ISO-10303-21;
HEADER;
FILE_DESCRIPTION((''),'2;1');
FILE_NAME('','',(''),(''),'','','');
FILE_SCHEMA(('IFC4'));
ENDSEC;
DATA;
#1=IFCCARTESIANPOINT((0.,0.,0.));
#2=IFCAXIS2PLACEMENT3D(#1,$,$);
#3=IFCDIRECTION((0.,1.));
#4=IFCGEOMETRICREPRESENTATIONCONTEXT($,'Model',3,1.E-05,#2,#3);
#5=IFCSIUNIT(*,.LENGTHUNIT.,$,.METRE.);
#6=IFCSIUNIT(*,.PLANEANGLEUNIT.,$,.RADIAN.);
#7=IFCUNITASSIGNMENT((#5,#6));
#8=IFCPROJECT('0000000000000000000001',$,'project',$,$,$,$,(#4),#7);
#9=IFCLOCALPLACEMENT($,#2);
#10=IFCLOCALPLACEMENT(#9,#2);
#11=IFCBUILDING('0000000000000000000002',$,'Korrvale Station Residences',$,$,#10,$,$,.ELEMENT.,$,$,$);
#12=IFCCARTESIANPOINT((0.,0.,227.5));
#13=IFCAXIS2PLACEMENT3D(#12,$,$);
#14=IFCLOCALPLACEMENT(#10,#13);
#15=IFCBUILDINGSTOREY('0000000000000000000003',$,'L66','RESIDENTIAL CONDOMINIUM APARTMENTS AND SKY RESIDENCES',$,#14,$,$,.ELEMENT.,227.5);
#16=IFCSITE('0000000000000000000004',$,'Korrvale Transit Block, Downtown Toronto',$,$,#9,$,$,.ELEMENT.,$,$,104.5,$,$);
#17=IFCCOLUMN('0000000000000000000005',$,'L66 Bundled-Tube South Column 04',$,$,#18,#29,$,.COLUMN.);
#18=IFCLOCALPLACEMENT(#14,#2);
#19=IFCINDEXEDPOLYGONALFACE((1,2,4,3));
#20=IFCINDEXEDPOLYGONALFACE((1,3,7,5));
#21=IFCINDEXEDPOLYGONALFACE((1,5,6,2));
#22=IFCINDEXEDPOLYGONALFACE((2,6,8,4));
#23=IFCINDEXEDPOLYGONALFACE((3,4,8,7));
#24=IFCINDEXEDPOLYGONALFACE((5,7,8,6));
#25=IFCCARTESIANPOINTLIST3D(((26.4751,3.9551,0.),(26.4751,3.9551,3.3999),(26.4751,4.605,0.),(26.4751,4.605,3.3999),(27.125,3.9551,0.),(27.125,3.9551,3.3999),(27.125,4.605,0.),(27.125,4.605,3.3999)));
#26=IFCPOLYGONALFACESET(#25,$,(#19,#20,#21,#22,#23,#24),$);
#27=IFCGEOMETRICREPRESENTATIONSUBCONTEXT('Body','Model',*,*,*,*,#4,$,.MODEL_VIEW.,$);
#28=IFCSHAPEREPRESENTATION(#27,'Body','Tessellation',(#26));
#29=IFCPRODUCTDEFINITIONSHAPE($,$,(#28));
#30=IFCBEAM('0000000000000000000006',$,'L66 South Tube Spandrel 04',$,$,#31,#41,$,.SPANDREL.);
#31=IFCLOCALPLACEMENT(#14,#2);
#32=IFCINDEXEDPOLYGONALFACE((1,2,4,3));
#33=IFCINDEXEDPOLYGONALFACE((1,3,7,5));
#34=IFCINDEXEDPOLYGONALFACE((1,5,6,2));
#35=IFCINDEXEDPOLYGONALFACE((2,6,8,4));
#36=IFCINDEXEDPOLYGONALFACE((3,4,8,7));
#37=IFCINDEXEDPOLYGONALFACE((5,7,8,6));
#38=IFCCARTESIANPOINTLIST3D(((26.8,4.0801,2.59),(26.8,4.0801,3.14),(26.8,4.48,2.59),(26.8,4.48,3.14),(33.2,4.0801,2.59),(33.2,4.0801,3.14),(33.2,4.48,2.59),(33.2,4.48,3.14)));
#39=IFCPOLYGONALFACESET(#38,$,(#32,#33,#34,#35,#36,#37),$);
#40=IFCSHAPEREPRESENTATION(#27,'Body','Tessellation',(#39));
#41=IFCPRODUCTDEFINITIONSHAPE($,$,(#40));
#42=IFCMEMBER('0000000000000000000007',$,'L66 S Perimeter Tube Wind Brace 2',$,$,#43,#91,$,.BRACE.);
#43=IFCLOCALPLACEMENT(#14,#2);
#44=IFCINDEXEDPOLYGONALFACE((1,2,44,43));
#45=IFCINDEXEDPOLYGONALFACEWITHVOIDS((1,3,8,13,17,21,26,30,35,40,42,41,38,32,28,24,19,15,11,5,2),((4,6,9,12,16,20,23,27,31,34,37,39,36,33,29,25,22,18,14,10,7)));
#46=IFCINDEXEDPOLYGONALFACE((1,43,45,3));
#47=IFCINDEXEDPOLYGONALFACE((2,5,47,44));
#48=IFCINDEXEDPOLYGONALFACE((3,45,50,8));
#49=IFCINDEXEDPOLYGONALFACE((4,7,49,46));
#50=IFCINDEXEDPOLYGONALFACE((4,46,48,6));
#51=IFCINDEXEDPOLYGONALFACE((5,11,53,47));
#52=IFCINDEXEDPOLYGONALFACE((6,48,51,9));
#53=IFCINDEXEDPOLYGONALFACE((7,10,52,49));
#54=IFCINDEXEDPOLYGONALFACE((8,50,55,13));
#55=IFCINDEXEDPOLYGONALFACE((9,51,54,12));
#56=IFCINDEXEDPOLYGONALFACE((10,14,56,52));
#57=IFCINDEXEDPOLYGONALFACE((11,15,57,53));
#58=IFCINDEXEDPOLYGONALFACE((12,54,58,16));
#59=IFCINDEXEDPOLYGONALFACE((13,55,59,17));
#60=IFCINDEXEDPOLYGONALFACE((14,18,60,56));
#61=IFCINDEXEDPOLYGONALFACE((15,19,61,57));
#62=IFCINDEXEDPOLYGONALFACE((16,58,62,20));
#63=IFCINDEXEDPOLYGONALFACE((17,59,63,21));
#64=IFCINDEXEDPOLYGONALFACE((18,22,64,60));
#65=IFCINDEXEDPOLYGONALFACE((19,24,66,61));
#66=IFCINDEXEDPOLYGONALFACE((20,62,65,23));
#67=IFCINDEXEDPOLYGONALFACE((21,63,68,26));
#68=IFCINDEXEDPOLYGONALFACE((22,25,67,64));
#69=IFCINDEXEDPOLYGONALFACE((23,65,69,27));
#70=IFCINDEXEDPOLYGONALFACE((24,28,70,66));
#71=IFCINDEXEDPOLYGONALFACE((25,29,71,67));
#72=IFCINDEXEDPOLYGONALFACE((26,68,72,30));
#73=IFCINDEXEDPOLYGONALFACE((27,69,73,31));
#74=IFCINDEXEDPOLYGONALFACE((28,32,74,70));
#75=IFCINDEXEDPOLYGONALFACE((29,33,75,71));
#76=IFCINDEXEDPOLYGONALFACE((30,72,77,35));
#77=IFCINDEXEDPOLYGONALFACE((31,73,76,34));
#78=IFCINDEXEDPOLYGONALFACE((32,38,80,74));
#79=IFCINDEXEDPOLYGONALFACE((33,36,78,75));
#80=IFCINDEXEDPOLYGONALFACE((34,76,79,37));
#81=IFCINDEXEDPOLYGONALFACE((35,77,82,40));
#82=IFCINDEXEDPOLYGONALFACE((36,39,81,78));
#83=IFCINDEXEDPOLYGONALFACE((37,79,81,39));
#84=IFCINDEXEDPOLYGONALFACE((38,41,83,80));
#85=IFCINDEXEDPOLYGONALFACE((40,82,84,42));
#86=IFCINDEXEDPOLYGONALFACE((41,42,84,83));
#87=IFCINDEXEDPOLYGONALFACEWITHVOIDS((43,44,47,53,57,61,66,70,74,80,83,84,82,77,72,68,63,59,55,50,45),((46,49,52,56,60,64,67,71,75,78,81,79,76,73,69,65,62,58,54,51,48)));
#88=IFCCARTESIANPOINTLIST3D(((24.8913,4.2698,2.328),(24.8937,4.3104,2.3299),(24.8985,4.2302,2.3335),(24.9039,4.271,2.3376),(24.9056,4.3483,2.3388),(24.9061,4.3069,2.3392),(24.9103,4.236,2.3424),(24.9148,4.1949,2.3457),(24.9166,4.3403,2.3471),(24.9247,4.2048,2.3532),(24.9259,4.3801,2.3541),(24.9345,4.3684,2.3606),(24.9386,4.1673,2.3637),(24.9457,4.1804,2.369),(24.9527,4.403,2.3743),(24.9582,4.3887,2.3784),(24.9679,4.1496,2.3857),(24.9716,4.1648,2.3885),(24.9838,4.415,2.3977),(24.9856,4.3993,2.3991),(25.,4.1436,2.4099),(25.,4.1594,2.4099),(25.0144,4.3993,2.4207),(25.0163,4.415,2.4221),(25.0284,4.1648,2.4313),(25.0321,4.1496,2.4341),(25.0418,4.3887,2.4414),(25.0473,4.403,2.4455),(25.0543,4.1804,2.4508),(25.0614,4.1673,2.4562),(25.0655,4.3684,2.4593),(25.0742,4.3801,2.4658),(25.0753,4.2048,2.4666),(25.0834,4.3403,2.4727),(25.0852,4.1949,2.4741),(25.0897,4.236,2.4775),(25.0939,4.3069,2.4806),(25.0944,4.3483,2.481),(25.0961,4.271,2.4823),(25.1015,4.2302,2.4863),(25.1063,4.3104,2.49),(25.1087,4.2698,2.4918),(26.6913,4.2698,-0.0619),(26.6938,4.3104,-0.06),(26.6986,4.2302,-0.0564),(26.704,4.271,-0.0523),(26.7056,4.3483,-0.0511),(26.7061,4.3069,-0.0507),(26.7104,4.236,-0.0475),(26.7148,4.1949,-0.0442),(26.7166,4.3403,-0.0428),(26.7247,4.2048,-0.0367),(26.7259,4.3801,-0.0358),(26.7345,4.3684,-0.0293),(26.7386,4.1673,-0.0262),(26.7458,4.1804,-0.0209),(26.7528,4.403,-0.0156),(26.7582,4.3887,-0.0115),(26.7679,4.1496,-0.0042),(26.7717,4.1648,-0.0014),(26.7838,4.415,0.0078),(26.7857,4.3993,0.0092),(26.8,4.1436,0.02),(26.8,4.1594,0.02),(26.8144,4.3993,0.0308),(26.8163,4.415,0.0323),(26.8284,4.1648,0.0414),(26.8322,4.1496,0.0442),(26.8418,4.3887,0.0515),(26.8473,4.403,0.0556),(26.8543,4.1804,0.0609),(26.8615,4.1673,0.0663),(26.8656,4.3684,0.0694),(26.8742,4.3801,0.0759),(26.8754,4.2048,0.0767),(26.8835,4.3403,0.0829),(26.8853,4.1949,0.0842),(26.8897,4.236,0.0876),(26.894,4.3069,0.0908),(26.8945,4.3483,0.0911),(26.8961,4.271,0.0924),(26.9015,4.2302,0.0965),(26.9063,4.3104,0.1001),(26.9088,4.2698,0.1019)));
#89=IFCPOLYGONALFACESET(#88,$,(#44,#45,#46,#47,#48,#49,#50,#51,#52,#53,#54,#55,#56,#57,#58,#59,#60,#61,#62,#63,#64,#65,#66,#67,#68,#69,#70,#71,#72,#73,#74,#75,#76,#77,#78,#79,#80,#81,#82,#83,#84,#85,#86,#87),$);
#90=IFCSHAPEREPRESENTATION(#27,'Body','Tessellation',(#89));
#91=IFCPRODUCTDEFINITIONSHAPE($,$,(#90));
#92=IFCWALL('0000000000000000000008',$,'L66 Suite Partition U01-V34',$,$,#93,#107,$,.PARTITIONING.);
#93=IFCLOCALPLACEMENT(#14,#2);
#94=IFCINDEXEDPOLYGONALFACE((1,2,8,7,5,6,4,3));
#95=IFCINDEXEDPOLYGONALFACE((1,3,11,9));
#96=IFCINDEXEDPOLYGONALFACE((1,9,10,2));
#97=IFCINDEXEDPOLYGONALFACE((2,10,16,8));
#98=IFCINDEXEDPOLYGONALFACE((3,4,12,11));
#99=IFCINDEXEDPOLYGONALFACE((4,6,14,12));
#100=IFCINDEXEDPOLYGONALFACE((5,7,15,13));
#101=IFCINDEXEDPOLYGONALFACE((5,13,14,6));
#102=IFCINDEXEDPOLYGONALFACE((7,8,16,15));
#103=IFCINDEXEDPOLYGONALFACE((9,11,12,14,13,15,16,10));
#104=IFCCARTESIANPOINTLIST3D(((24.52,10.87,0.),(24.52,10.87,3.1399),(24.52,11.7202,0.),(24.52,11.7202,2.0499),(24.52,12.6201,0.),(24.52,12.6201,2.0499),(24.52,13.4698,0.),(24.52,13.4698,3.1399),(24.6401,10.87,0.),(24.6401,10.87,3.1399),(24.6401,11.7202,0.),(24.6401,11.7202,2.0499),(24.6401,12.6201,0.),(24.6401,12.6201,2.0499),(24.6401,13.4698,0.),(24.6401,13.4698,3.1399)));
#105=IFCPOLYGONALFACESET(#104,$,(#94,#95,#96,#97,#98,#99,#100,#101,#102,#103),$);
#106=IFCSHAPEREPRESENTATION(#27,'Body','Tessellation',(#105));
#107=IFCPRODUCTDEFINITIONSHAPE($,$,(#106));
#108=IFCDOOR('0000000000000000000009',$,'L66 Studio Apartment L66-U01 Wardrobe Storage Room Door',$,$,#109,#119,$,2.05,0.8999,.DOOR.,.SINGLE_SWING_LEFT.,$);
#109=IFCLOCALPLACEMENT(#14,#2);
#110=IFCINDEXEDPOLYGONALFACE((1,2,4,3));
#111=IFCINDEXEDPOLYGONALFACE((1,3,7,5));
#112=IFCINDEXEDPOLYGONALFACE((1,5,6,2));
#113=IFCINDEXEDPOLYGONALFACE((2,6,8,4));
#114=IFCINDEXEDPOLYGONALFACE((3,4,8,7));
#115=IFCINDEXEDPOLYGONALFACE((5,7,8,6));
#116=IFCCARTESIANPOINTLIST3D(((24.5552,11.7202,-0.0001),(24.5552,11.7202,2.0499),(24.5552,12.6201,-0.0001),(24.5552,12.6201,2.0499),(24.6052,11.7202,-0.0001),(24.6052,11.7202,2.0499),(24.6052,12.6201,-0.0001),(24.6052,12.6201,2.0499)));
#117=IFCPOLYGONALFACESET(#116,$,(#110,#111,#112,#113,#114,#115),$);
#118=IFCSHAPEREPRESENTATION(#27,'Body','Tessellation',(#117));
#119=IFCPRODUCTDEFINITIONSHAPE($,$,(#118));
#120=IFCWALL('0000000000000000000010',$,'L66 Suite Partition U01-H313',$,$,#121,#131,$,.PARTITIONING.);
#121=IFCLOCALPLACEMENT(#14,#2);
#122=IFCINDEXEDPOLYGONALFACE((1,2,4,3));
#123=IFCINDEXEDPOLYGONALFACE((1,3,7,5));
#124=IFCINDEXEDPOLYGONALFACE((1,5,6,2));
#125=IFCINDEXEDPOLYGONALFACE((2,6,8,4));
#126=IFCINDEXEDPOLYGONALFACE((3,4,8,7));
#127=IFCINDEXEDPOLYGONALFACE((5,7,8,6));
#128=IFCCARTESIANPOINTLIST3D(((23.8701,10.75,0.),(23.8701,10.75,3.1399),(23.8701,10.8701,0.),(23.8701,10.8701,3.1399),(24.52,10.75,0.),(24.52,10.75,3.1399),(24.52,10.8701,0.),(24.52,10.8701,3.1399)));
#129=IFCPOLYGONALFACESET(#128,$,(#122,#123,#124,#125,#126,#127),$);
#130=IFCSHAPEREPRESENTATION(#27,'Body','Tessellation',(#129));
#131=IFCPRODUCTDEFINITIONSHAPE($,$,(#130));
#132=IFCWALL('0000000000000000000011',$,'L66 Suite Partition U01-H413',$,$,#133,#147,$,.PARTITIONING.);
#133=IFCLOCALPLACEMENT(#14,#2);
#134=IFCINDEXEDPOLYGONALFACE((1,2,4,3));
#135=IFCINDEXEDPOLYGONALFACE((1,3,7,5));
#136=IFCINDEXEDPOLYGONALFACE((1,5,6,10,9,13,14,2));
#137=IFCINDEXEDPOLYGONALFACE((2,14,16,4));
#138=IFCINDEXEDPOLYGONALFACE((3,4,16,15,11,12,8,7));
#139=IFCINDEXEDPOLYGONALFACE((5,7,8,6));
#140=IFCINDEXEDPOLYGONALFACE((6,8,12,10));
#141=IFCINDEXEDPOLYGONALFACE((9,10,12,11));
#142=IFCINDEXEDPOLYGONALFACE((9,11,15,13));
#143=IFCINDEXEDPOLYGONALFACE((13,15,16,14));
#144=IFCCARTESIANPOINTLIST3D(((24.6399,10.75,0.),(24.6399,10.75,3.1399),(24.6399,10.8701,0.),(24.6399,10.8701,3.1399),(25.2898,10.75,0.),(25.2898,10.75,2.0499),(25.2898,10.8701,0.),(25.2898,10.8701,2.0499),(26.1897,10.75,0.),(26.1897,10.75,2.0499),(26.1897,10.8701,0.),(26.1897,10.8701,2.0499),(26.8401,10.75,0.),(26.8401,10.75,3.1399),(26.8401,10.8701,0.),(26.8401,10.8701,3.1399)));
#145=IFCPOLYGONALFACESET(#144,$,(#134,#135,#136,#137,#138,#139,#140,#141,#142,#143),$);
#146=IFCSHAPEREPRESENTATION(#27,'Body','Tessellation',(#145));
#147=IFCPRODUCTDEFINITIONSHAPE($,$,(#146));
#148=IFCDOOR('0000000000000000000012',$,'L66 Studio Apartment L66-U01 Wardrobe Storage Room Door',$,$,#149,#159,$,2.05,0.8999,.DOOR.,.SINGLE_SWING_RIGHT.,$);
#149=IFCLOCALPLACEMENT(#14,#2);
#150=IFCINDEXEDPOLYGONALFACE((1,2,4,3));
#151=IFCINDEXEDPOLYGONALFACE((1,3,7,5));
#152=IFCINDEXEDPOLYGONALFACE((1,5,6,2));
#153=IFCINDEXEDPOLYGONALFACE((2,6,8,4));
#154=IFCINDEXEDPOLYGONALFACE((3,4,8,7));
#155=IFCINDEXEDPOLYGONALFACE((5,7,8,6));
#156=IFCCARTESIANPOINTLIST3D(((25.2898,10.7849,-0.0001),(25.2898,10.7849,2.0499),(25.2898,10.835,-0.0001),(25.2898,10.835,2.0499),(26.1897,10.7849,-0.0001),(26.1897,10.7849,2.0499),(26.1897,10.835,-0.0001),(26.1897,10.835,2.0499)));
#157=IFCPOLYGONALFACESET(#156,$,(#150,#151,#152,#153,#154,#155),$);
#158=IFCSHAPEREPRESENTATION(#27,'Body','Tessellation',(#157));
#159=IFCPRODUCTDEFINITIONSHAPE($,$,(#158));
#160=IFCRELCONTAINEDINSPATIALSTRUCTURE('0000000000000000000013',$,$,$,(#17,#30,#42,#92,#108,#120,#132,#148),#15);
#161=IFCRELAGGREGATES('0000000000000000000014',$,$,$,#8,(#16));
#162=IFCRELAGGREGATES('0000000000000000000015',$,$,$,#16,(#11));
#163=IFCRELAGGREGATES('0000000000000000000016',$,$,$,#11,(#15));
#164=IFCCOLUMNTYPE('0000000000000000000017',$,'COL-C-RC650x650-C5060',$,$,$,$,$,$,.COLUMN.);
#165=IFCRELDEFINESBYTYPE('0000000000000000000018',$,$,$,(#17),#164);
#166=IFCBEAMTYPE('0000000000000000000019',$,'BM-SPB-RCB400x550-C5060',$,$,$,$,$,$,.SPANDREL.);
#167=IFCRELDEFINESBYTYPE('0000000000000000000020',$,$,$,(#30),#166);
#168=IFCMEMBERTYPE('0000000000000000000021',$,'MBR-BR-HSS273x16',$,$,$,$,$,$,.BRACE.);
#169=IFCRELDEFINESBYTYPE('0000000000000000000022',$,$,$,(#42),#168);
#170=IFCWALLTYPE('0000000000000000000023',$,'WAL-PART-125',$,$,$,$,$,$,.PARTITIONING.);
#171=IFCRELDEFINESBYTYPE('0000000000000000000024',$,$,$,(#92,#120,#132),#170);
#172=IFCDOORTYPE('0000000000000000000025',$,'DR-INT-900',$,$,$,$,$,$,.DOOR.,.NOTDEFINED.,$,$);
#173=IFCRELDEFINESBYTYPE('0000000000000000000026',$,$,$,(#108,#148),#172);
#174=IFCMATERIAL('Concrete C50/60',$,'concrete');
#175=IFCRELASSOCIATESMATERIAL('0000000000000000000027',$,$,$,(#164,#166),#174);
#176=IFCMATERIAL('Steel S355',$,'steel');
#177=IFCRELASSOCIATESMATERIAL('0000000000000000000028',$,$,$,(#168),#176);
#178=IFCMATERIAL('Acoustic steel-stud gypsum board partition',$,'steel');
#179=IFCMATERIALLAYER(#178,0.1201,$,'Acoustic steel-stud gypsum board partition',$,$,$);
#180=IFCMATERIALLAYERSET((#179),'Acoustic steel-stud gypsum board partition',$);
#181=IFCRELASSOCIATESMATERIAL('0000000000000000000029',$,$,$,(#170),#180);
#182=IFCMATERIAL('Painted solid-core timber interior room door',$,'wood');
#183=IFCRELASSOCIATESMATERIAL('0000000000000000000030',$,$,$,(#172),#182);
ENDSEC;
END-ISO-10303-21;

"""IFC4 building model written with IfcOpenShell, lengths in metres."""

from ifc_helpers import new_model, si_unit, direction, frame, frame_2d, origin, origin_2d, place, context, subcontext, project, spatial, rectangle, hollow_circle, extrude, material, layer, layer_set, material_profile, profile_set, type_object, element, fill, save


model = new_model("IFC4")

# Units and contexts
model_context = context("Model", 3, precision=1e-05, world=origin(), true_north=direction((0.0, 1.0)))
body_context = subcontext(model_context, "Body", "Model", "MODEL_VIEW")
ifc_project = project(units=[si_unit("LENGTHUNIT", "METRE"), si_unit("PLANEANGLEUNIT", "RADIAN")], contexts=[model_context])

# Site, building, storey
site_placement = place(None, origin())
site = spatial("IfcSite", under=ifc_project, at=site_placement, Name="Korrvale Transit Block, Downtown Toronto", CompositionType="ELEMENT", RefElevation=104.5)
building_placement = place(site_placement, origin())
building = spatial("IfcBuilding", under=site, at=building_placement, Name="Korrvale Station Residences", CompositionType="ELEMENT")
storey_placement = place(building_placement, frame((0.0, 0.0, 227.5)))
storey = spatial("IfcBuildingStorey", under=building, at=storey_placement, Name="L66", Description="RESIDENTIAL CONDOMINIUM APARTMENTS AND SKY RESIDENCES", CompositionType="ELEMENT", Elevation=227.5)

# Column
ifc_material_1 = material(Name="Concrete C50/60", Category="concrete")
ifc_material_profile_1 = material_profile(ifc_material_1, rectangle(XDim=0.6499, YDim=0.6499, at=origin_2d()), Name="RC650x650")
ifc_profile_set_1 = profile_set([ifc_material_profile_1], Name="Concrete C50/60")
column_type = type_object("IfcColumnType", Name="COL-C-RC650x650-C5060", PredefinedType="COLUMN", material=ifc_profile_set_1)
column_placement = place(storey_placement, frame((26.8, 4.28, 0.0), z_axis=(0.0, 0.0, 1.0), x_axis=(1.0, 0.0, 0.0)))
element("IfcColumn", 1, at=column_placement, inside=storey, type_object=column_type, Name="L66 Bundled-Tube South Column 04", PredefinedType="COLUMN", context=body_context, shape_type="SweptSolid", body=[
    extrude(rectangle(XDim=0.6499, YDim=0.6499, at=origin_2d()), origin(), (0.0, 0.0, 1.0), 3.3999),
])

# Beam
ifc_material_profile_2 = material_profile(ifc_material_1, rectangle(XDim=0.3999, YDim=0.55, at=origin_2d()), Name="RCB400x550")
ifc_profile_set_2 = profile_set([ifc_material_profile_2], Name="Concrete C50/60")
beam_type = type_object("IfcBeamType", Name="BM-SPB-RCB400x550-C5060", PredefinedType="SPANDREL", material=ifc_profile_set_2)
beam_placement = place(storey_placement, frame((26.8, 4.28, 2.865), z_axis=(1.0, 0.0, 0.0), x_axis=(0.0, 1.0, 0.0)))
element("IfcBeam", 2, at=beam_placement, inside=storey, type_object=beam_type, Name="L66 South Tube Spandrel 04", PredefinedType="SPANDREL", context=body_context, shape_type="SweptSolid", body=[
    extrude(rectangle(XDim=0.3999, YDim=0.55, at=origin_2d()), origin(), (0.0, 0.0, 1.0), 6.3999),
])

# Member
ifc_material_2 = material(Name="Steel S355", Category="steel")
ifc_material_profile_3 = material_profile(ifc_material_2, hollow_circle(Radius=0.1365, WallThickness=0.0159, at=origin_2d()), Name="HSS273x16")
ifc_profile_set_3 = profile_set([ifc_material_profile_3], Name="Steel S355")
member_type = type_object("IfcMemberType", Name="MBR-BR-HSS273x16", PredefinedType="BRACE", material=ifc_profile_set_3)
member_placement = place(storey_placement, frame((26.8, 4.28, 0.02), z_axis=(-0.601631, 0.0, 0.798774), x_axis=(0.0, -1.0, 0.0)))
element("IfcMember", 3, at=member_placement, inside=storey, type_object=member_type, Name="L66 S Perimeter Tube Wind Brace 2", PredefinedType="BRACE", context=body_context, shape_type="SweptSolid", body=[
    extrude(hollow_circle(Radius=0.1365, WallThickness=0.0159, at=origin_2d()), origin(), (0.0, 0.0, 1.0), 2.9919),
])

# Wall, opening, door
ifc_material_3 = material(Name="Acoustic steel-stud gypsum board partition", Category="steel")
ifc_layer_1 = layer(ifc_material_3, 0.1201, Name="Acoustic steel-stud gypsum board partition")
ifc_layer_set_1 = layer_set([ifc_layer_1], Name="Acoustic steel-stud gypsum board partition")
wall_type = type_object("IfcWallType", Name="WAL-PART-125", PredefinedType="PARTITIONING", material=ifc_layer_set_1)
wall_1_placement = place(storey_placement, frame((24.5801, 10.8701, 0.0), z_axis=(0.0, 0.0, 1.0), x_axis=(0.0, 1.0, 0.0)))
wall_1 = element("IfcWall", 4, at=wall_1_placement, inside=storey, type_object=wall_type, Name="L66 Suite Partition U01-V34", PredefinedType="PARTITIONING", context=body_context, shape_type="SweptSolid", body=[
    extrude(rectangle(XDim=2.5999, YDim=0.1201, at=frame_2d((1.2998, 0.0))), origin(), (0.0, 0.0, 1.0), 3.1399),
])
opening_1_placement = place(wall_1_placement, frame((0.8501, 0.0, 0.0)))
opening_1 = element("IfcOpeningElement", 5, at=opening_1_placement, cuts=wall_1, PredefinedType="OPENING", context=body_context, shape_type="SweptSolid", body=[
    extrude(rectangle(XDim=0.8999, YDim=2.05, at=frame_2d((0.45, 1.0249))), frame((0.0, 0.0701, 0.0), z_axis=(0.0, -1.0, 0.0), x_axis=(1.0, 0.0, 0.0)), (0.0, 0.0, 1.0), 0.1401),
])
ifc_material_4 = material(Name="Painted solid-core timber interior room door", Category="wood")
door_type = type_object("IfcDoorType", Name="DR-INT-900", OperationType="NOTDEFINED", PredefinedType="DOOR", material=ifc_material_4)
door_1_placement = place(opening_1_placement, origin())
door_1 = element("IfcDoor", 6, at=door_1_placement, inside=storey, type_object=door_type, Name="L66 Studio Apartment L66-U01 Wardrobe Storage Room Door", OperationType="SINGLE_SWING_LEFT", OverallHeight=2.05, OverallWidth=0.8999, PredefinedType="DOOR", context=body_context, shape_type="SweptSolid", body=[
    extrude(rectangle(XDim=0.8999, YDim=2.05, at=frame_2d((0.45, 1.0249))), frame((0.0, 0.0249, 0.0), z_axis=(0.0, -1.0, 0.0), x_axis=(1.0, 0.0, 0.0)), (0.0, 0.0, 1.0), 0.05),
])
fill(opening_1, door_1)

# Wall
wall_2_placement = place(storey_placement, frame((23.8701, 10.8101, 0.0), z_axis=(0.0, 0.0, 1.0), x_axis=(1.0, 0.0, 0.0)))
element("IfcWall", 7, at=wall_2_placement, inside=storey, type_object=wall_type, Name="L66 Suite Partition U01-H313", PredefinedType="PARTITIONING", context=body_context, shape_type="SweptSolid", body=[
    extrude(rectangle(XDim=0.6499, YDim=0.1201, at=frame_2d((0.325, 0.0))), origin(), (0.0, 0.0, 1.0), 3.1399),
])

# Wall, opening, door
wall_3_placement = place(storey_placement, frame((24.6399, 10.8101, 0.0), z_axis=(0.0, 0.0, 1.0), x_axis=(1.0, 0.0, 0.0)))
wall_3 = element("IfcWall", 8, at=wall_3_placement, inside=storey, type_object=wall_type, Name="L66 Suite Partition U01-H413", PredefinedType="PARTITIONING", context=body_context, shape_type="SweptSolid", body=[
    extrude(rectangle(XDim=2.2002, YDim=0.1201, at=frame_2d((1.1001, 0.0))), origin(), (0.0, 0.0, 1.0), 3.1399),
])
opening_2_placement = place(wall_3_placement, frame((0.6499, 0.0, 0.0)))
opening_2 = element("IfcOpeningElement", 9, at=opening_2_placement, cuts=wall_3, PredefinedType="OPENING", context=body_context, shape_type="SweptSolid", body=[
    extrude(rectangle(XDim=0.8999, YDim=2.05, at=frame_2d((0.45, 1.0249))), frame((0.0, 0.0701, 0.0), z_axis=(0.0, -1.0, 0.0), x_axis=(1.0, 0.0, 0.0)), (0.0, 0.0, 1.0), 0.1401),
])
door_2_placement = place(opening_2_placement, origin())
door_2 = element("IfcDoor", 10, at=door_2_placement, inside=storey, type_object=door_type, Name="L66 Studio Apartment L66-U01 Wardrobe Storage Room Door", OperationType="SINGLE_SWING_RIGHT", OverallHeight=2.05, OverallWidth=0.8999, PredefinedType="DOOR", context=body_context, shape_type="SweptSolid", body=[
    extrude(rectangle(XDim=0.8999, YDim=2.05, at=frame_2d((0.45, 1.0249))), frame((0.0, 0.0249, 0.0), z_axis=(0.0, -1.0, 0.0), x_axis=(1.0, 0.0, 0.0)), (0.0, 0.0, 1.0), 0.05),
])
fill(opening_2, door_2)

save(model, "model.ifc")
